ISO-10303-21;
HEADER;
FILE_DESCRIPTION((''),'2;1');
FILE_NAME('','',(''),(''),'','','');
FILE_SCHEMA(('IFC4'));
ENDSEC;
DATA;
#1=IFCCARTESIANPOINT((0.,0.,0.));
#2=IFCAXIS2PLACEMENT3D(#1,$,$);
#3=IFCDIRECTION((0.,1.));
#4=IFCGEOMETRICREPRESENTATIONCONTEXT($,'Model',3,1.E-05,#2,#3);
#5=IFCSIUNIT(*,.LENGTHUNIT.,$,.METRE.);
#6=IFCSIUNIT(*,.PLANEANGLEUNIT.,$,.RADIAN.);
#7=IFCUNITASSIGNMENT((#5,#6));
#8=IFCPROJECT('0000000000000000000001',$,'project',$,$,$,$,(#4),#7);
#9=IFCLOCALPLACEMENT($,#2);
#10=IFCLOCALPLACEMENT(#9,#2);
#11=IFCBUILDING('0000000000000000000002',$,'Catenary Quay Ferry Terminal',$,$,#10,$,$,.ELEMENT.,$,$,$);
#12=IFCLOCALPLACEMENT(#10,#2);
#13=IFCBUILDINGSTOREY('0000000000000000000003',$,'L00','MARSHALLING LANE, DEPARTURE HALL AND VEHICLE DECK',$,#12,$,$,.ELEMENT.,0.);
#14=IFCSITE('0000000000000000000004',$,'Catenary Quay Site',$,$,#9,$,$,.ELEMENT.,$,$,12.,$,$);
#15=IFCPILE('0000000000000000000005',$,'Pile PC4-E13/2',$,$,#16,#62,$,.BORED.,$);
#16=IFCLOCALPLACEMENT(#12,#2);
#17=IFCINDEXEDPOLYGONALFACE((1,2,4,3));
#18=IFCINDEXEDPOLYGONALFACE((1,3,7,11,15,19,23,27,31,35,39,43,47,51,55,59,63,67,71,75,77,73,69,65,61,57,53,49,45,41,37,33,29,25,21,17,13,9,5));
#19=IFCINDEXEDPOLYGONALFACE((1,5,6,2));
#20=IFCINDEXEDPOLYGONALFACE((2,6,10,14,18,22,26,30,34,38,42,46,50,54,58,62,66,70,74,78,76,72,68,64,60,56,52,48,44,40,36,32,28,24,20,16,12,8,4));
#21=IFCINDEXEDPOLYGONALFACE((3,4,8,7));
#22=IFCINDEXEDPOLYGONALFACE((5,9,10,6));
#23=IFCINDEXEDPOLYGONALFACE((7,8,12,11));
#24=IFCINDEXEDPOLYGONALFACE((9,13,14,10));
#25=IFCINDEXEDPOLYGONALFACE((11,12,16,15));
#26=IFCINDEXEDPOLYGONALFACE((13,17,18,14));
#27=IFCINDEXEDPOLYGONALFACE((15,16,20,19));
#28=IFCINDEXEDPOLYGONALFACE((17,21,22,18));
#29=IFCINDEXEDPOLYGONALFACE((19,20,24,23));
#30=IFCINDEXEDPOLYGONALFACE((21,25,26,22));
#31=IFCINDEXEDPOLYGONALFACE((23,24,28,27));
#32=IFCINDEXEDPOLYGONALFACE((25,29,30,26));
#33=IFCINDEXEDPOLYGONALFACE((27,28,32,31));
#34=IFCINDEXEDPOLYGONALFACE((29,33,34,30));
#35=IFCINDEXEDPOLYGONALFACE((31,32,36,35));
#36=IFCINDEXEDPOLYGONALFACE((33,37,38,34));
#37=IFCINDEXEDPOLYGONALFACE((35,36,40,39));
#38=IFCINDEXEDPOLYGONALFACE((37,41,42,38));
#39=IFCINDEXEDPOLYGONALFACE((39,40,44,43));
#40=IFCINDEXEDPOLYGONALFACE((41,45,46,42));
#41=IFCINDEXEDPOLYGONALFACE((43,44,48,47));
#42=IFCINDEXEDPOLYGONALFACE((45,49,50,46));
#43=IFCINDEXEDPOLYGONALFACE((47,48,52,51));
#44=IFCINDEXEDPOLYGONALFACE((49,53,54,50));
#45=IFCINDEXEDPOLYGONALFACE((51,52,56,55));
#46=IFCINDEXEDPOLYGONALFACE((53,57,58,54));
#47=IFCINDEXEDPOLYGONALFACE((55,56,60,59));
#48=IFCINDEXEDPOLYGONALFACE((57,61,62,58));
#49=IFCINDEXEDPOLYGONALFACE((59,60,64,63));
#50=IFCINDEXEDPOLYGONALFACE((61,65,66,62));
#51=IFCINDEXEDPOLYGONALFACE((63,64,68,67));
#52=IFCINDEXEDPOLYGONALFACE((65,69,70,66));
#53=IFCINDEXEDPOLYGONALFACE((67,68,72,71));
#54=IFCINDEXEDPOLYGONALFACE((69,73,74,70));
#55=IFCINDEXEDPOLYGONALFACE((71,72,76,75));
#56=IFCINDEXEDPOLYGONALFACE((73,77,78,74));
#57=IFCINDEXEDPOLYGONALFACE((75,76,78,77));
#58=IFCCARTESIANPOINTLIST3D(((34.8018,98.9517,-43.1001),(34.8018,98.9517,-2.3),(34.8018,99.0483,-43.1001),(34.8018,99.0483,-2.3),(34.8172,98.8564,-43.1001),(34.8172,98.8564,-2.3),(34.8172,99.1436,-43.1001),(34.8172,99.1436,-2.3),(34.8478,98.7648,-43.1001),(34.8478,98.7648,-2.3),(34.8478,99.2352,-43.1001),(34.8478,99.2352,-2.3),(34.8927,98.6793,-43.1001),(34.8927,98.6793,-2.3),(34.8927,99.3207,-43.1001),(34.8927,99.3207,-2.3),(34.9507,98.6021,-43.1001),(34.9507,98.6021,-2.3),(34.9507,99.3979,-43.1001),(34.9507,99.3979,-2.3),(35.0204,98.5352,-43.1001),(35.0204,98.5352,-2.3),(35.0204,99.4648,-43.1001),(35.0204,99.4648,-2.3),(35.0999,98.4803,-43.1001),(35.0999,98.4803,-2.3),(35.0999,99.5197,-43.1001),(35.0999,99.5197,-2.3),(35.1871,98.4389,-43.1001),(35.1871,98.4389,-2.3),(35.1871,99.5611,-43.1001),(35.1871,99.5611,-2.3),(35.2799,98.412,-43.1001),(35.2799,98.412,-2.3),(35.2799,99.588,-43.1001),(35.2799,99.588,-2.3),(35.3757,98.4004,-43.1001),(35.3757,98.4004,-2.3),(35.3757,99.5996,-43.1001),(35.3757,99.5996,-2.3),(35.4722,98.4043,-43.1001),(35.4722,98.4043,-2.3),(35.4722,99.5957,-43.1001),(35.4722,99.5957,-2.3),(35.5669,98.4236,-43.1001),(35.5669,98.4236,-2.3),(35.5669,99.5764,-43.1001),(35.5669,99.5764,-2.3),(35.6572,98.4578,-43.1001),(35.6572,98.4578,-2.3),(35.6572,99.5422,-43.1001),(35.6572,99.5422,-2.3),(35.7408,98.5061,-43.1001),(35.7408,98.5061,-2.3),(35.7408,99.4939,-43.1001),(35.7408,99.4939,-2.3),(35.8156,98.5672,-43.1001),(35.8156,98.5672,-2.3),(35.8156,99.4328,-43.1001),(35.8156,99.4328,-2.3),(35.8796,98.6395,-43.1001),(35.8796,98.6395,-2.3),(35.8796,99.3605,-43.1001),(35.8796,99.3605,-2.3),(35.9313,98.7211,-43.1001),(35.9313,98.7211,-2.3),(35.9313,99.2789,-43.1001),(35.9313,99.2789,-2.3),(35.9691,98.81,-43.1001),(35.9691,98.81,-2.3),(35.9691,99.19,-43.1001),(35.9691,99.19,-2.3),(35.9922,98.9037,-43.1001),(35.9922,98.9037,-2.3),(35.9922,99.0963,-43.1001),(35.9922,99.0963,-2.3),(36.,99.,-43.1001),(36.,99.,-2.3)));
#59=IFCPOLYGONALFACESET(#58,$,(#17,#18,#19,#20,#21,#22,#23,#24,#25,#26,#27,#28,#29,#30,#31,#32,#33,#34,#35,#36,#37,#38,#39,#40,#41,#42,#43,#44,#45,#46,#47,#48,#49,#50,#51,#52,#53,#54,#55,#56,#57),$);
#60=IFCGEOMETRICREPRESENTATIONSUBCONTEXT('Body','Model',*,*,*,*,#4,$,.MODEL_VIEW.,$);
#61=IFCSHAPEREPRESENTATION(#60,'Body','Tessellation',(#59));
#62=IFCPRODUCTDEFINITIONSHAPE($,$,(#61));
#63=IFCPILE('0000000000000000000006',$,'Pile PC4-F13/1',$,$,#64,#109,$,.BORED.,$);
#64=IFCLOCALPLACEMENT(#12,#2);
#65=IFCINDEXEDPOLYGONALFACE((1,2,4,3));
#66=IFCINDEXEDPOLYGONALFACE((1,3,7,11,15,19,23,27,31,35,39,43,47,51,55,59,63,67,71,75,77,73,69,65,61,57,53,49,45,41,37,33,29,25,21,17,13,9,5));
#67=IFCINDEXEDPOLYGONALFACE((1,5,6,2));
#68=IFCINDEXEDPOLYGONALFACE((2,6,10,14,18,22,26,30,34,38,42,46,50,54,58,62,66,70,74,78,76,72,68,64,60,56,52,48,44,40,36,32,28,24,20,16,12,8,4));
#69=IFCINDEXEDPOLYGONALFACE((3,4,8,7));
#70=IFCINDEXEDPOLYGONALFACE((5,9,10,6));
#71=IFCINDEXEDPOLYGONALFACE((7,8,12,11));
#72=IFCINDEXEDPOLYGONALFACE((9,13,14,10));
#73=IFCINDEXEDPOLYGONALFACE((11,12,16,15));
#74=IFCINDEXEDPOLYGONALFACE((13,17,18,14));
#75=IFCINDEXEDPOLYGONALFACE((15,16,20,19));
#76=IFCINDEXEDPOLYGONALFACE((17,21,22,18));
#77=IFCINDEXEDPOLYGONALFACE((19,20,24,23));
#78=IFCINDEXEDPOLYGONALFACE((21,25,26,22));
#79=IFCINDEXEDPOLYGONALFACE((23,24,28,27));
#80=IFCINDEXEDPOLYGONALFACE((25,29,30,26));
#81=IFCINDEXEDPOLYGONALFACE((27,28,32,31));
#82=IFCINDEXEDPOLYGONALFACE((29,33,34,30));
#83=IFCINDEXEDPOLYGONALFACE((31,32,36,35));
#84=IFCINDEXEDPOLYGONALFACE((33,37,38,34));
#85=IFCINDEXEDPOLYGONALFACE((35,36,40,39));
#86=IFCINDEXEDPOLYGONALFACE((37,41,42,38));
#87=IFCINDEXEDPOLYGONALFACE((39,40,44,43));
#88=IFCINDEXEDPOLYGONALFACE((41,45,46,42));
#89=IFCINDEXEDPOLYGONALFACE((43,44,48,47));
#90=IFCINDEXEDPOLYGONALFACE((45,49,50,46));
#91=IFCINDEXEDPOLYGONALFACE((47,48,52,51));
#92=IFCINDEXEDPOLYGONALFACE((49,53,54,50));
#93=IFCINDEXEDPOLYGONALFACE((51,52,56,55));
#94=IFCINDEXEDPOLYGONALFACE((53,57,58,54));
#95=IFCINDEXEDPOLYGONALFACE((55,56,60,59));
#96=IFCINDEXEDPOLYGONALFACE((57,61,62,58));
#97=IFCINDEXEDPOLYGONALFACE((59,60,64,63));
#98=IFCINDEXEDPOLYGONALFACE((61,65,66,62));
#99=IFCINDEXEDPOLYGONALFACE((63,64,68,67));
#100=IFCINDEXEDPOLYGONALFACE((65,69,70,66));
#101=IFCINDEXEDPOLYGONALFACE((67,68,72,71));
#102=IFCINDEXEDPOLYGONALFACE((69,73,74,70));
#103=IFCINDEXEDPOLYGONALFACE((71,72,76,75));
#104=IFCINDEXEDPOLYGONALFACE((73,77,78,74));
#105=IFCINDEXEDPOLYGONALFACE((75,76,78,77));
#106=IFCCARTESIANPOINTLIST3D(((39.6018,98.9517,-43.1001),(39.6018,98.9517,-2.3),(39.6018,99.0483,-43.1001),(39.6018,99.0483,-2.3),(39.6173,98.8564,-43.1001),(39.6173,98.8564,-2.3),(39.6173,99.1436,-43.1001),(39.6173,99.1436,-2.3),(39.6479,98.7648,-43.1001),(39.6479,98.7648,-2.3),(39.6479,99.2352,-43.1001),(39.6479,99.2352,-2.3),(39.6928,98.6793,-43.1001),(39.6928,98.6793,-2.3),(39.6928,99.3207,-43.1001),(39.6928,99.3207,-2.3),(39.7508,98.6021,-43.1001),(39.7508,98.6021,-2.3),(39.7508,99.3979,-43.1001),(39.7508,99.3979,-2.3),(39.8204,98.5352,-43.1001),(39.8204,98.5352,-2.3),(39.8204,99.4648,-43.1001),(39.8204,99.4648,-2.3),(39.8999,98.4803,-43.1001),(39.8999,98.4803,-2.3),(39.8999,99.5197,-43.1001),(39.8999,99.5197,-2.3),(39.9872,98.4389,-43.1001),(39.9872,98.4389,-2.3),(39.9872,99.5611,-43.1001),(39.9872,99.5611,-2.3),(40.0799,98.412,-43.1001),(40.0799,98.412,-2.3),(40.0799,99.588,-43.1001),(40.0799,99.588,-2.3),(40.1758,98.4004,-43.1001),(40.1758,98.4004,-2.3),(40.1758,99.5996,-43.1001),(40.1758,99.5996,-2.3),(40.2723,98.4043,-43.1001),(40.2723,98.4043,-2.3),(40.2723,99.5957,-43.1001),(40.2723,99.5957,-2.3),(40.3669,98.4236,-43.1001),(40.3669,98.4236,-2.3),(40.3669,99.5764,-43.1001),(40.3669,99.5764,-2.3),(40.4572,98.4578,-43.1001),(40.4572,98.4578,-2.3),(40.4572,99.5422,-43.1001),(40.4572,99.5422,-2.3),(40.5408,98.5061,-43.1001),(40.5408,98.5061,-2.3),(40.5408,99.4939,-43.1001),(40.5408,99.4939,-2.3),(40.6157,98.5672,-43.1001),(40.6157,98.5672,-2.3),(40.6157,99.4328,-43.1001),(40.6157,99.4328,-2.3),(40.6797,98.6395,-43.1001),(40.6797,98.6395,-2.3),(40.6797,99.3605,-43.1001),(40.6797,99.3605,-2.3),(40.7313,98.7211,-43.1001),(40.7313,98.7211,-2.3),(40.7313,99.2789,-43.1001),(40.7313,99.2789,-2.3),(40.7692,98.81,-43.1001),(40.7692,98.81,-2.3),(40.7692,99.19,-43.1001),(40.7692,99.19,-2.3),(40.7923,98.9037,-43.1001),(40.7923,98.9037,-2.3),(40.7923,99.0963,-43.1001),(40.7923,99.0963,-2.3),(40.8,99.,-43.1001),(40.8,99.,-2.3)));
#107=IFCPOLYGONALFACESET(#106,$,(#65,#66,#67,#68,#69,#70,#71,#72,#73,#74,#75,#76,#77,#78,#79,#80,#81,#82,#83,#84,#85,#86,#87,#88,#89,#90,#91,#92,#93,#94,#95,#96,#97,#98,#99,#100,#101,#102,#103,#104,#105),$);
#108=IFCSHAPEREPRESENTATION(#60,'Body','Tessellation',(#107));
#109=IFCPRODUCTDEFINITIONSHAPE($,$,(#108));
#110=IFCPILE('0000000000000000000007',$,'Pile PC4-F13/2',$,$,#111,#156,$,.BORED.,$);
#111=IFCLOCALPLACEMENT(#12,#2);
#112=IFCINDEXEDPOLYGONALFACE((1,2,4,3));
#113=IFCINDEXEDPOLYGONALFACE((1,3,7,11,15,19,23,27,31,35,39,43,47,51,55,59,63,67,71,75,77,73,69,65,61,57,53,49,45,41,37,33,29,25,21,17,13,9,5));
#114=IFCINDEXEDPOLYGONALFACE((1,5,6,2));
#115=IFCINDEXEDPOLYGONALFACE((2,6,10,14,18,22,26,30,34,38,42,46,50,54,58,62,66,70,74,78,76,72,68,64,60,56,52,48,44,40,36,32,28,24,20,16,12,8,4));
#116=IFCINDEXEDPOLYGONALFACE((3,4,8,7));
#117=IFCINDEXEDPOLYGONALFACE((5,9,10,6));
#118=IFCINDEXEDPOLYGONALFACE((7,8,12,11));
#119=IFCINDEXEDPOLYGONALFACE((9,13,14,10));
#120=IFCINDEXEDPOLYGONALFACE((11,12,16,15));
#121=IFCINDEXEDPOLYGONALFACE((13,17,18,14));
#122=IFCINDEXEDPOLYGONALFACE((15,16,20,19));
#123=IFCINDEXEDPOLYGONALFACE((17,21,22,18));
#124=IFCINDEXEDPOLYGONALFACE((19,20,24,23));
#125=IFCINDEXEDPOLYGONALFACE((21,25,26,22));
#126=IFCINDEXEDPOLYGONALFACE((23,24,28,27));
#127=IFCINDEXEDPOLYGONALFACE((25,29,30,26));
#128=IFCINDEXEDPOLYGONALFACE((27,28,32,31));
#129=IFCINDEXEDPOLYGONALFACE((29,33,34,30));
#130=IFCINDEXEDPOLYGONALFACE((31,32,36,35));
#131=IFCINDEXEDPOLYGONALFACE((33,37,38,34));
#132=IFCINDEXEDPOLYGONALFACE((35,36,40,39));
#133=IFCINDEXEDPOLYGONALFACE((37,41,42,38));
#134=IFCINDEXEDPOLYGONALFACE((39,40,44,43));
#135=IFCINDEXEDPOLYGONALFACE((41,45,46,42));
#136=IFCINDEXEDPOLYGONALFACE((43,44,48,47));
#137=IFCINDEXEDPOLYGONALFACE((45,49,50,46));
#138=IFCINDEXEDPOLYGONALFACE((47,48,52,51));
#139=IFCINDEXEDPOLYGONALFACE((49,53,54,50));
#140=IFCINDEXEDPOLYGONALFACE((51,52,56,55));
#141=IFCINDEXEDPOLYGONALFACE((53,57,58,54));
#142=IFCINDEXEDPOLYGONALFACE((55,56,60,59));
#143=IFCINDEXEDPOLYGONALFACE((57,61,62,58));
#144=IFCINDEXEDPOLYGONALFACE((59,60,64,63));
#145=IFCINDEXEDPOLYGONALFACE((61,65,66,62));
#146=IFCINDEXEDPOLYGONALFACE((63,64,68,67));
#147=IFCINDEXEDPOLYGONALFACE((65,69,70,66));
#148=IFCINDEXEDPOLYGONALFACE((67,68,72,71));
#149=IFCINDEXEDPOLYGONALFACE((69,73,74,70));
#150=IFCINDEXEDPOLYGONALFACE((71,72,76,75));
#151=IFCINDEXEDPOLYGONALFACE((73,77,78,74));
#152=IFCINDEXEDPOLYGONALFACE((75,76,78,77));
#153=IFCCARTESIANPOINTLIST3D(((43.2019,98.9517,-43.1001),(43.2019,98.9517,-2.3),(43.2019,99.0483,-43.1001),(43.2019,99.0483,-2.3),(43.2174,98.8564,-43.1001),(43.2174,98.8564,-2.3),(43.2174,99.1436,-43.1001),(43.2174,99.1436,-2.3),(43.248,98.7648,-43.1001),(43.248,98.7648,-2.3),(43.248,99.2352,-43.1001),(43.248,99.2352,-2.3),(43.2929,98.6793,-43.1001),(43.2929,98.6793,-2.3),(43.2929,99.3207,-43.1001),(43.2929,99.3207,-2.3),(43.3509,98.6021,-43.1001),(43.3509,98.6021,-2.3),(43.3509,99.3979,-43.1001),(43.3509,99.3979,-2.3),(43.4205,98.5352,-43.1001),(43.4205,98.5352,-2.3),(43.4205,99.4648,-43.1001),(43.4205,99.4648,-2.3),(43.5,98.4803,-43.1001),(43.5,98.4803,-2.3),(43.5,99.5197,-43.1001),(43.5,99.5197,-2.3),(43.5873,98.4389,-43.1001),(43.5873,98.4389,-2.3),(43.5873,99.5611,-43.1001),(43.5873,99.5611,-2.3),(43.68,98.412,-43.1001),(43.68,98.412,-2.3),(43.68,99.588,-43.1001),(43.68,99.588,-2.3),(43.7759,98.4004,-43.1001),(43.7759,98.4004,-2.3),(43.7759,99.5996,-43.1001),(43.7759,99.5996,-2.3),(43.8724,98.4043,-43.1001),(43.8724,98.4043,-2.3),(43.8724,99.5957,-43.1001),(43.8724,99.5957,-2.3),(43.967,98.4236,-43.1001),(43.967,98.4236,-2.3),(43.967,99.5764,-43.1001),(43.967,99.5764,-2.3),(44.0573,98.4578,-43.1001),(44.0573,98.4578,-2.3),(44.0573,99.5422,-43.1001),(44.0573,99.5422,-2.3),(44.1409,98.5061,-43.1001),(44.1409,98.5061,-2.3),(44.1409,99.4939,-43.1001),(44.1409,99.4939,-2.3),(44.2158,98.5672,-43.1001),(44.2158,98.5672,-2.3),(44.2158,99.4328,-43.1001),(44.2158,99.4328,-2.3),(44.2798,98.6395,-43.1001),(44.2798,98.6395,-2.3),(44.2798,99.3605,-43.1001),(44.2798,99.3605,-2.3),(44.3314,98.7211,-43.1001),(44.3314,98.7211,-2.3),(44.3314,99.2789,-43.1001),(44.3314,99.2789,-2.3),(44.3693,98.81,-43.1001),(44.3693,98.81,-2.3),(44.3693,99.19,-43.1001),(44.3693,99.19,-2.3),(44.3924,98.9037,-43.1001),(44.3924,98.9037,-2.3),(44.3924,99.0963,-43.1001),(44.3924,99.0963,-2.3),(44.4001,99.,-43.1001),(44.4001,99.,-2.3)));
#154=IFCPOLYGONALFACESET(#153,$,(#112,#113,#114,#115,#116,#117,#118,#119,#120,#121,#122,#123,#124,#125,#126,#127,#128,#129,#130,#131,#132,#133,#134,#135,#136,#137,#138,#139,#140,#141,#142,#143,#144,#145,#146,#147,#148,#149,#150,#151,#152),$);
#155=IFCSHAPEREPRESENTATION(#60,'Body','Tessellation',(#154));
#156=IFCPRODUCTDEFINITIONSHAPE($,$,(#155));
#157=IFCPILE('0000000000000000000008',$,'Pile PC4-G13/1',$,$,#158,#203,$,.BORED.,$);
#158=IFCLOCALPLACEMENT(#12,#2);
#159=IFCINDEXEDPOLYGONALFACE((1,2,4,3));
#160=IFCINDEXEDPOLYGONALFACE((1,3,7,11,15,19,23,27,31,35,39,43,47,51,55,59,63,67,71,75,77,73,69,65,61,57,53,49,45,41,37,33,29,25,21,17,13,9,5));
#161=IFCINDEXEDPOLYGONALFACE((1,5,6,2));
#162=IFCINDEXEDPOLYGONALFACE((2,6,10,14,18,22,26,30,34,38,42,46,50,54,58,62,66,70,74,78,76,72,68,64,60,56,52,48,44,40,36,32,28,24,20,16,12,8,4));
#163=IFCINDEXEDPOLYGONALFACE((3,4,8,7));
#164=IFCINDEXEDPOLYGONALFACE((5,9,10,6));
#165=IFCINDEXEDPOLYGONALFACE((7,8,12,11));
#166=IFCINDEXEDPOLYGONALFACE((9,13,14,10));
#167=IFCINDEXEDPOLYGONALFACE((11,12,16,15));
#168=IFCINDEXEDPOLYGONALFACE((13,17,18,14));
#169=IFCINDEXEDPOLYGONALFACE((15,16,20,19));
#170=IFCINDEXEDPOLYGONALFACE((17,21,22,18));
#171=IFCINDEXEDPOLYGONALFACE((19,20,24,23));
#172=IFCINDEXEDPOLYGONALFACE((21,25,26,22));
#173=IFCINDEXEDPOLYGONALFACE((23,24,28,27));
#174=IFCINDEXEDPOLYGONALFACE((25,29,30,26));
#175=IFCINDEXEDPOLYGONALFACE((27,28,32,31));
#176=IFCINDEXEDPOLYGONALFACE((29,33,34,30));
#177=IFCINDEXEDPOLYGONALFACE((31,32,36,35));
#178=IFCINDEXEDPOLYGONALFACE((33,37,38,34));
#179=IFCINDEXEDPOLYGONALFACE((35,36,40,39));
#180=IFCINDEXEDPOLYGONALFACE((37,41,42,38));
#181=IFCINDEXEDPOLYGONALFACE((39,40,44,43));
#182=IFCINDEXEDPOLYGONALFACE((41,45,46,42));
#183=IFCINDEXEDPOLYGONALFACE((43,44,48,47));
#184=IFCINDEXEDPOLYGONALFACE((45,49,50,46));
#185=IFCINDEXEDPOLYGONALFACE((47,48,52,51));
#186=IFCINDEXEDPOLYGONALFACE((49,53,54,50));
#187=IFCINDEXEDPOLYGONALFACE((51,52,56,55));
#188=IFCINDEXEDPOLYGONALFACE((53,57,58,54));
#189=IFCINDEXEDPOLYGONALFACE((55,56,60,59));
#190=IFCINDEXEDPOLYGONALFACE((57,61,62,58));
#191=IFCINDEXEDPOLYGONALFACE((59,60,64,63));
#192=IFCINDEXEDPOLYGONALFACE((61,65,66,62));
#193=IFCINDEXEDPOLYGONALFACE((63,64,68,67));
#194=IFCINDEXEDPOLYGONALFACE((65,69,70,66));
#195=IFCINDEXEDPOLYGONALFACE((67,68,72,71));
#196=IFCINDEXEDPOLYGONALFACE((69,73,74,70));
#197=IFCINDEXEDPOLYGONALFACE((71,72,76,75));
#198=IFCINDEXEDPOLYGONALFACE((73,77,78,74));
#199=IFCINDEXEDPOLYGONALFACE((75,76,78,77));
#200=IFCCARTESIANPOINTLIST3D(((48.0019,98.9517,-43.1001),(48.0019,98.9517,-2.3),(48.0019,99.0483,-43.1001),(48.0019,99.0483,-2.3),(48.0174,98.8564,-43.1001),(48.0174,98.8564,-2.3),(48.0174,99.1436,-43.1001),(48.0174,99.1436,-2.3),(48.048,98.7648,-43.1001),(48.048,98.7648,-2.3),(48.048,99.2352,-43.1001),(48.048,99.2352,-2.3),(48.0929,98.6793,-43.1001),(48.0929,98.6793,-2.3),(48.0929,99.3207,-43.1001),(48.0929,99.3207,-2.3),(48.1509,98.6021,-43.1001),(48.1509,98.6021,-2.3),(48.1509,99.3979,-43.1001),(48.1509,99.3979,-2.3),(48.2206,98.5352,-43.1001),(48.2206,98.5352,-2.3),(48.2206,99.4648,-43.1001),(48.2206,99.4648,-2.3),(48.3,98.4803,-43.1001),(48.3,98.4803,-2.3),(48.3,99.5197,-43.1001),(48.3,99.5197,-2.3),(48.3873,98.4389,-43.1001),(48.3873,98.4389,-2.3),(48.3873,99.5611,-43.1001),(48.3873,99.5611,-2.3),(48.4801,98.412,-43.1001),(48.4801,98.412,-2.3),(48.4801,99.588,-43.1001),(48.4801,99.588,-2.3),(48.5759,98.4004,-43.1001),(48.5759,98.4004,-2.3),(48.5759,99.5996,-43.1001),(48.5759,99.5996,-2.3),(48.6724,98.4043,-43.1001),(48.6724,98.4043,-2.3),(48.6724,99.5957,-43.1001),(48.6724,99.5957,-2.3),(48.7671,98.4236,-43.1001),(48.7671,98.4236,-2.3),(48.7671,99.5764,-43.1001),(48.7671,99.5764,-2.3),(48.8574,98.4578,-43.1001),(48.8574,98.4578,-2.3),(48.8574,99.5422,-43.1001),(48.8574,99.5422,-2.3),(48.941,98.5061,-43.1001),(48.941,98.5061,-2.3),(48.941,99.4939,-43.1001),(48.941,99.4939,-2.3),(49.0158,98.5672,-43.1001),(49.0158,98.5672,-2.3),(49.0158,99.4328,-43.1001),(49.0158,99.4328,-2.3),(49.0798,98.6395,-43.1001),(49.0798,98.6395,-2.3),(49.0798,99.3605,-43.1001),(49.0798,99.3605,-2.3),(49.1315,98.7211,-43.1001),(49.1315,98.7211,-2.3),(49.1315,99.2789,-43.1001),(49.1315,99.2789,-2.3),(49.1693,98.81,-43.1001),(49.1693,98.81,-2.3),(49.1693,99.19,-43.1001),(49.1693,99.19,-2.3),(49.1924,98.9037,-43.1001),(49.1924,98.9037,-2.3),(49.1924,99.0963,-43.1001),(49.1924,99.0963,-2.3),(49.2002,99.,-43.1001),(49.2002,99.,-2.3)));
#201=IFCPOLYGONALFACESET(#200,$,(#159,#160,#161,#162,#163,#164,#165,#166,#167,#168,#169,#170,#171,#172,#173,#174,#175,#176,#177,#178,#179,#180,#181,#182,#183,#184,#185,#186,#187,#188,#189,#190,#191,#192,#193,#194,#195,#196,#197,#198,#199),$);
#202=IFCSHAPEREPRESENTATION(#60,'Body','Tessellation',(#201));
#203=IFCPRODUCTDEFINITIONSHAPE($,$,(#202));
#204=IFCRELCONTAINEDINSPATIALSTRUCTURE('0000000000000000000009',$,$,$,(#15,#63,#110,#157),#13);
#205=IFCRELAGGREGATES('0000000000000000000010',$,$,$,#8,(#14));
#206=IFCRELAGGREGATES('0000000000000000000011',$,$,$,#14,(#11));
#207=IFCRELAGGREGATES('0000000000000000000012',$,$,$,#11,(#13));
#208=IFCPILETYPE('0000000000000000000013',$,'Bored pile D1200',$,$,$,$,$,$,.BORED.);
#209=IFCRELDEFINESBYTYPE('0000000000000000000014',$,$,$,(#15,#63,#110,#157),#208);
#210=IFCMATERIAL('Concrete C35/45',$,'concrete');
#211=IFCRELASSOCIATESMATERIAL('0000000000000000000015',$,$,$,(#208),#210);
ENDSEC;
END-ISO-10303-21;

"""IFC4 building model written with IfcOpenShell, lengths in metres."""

from ifc_helpers import new_model, si_unit, direction, frame, origin, origin_2d, place, context, subcontext, project, spatial, circle, extrude, material, material_profile, profile_set, type_object, element, save


model = new_model("IFC4")

# Units and contexts
model_context = context("Model", 3, precision=1e-05, world=origin(), true_north=direction((0.0, 1.0)))
body_context = subcontext(model_context, "Body", "Model", "MODEL_VIEW")
ifc_project = project(units=[si_unit("LENGTHUNIT", "METRE"), si_unit("PLANEANGLEUNIT", "RADIAN")], contexts=[model_context])

# Site, building, storey
site_placement = place(None, origin())
site = spatial("IfcSite", under=ifc_project, at=site_placement, Name="Catenary Quay Site", CompositionType="ELEMENT", RefElevation=12.0)
building_placement = place(site_placement, origin())
building = spatial("IfcBuilding", under=site, at=building_placement, Name="Catenary Quay Ferry Terminal", CompositionType="ELEMENT")
storey_placement = place(building_placement, origin())
storey = spatial("IfcBuildingStorey", under=building, at=storey_placement, Name="L00", Description="MARSHALLING LANE, DEPARTURE HALL AND VEHICLE DECK", CompositionType="ELEMENT", Elevation=0.0)

# Piles
ifc_material_1 = material(Name="Concrete C35/45", Category="concrete")
ifc_material_profile = material_profile(ifc_material_1, circle(Radius=0.6001, at=origin_2d()), Name="D1200")
ifc_profile_set = profile_set([ifc_material_profile], Name="Concrete C35/45")
pile_type = type_object("IfcPileType", Name="Bored pile D1200", PredefinedType="BORED", material=ifc_profile_set)
for number, where, z_axis, x_axis, name in (
    (1, (35.3999, 99.0, -2.3), (0.0, 0.0, -1.0), (1.0, 0.0, 0.0), "Pile PC4-E13/2"),
    (2, (40.2, 99.0, -2.3), (0.0, 0.0, -1.0), (1.0, 0.0, 0.0), "Pile PC4-F13/1"),
    (3, (43.8, 99.0, -2.3), (0.0, 0.0, -1.0), (1.0, 0.0, 0.0), "Pile PC4-F13/2"),
    (4, (48.6001, 99.0, -2.3), (0.0, 0.0, -1.0), (1.0, 0.0, 0.0), "Pile PC4-G13/1"),
):
    element("IfcPile", number, at=place(storey_placement, frame(where, z_axis=z_axis, x_axis=x_axis)), inside=storey, type_object=pile_type, Name=name, PredefinedType="BORED", context=body_context, shape_type="SweptSolid", body=[
        extrude(circle(Radius=0.6001, at=origin_2d()), origin(), (0.0, 0.0, 1.0), 40.8),
    ])

save(model, "model.ifc")
